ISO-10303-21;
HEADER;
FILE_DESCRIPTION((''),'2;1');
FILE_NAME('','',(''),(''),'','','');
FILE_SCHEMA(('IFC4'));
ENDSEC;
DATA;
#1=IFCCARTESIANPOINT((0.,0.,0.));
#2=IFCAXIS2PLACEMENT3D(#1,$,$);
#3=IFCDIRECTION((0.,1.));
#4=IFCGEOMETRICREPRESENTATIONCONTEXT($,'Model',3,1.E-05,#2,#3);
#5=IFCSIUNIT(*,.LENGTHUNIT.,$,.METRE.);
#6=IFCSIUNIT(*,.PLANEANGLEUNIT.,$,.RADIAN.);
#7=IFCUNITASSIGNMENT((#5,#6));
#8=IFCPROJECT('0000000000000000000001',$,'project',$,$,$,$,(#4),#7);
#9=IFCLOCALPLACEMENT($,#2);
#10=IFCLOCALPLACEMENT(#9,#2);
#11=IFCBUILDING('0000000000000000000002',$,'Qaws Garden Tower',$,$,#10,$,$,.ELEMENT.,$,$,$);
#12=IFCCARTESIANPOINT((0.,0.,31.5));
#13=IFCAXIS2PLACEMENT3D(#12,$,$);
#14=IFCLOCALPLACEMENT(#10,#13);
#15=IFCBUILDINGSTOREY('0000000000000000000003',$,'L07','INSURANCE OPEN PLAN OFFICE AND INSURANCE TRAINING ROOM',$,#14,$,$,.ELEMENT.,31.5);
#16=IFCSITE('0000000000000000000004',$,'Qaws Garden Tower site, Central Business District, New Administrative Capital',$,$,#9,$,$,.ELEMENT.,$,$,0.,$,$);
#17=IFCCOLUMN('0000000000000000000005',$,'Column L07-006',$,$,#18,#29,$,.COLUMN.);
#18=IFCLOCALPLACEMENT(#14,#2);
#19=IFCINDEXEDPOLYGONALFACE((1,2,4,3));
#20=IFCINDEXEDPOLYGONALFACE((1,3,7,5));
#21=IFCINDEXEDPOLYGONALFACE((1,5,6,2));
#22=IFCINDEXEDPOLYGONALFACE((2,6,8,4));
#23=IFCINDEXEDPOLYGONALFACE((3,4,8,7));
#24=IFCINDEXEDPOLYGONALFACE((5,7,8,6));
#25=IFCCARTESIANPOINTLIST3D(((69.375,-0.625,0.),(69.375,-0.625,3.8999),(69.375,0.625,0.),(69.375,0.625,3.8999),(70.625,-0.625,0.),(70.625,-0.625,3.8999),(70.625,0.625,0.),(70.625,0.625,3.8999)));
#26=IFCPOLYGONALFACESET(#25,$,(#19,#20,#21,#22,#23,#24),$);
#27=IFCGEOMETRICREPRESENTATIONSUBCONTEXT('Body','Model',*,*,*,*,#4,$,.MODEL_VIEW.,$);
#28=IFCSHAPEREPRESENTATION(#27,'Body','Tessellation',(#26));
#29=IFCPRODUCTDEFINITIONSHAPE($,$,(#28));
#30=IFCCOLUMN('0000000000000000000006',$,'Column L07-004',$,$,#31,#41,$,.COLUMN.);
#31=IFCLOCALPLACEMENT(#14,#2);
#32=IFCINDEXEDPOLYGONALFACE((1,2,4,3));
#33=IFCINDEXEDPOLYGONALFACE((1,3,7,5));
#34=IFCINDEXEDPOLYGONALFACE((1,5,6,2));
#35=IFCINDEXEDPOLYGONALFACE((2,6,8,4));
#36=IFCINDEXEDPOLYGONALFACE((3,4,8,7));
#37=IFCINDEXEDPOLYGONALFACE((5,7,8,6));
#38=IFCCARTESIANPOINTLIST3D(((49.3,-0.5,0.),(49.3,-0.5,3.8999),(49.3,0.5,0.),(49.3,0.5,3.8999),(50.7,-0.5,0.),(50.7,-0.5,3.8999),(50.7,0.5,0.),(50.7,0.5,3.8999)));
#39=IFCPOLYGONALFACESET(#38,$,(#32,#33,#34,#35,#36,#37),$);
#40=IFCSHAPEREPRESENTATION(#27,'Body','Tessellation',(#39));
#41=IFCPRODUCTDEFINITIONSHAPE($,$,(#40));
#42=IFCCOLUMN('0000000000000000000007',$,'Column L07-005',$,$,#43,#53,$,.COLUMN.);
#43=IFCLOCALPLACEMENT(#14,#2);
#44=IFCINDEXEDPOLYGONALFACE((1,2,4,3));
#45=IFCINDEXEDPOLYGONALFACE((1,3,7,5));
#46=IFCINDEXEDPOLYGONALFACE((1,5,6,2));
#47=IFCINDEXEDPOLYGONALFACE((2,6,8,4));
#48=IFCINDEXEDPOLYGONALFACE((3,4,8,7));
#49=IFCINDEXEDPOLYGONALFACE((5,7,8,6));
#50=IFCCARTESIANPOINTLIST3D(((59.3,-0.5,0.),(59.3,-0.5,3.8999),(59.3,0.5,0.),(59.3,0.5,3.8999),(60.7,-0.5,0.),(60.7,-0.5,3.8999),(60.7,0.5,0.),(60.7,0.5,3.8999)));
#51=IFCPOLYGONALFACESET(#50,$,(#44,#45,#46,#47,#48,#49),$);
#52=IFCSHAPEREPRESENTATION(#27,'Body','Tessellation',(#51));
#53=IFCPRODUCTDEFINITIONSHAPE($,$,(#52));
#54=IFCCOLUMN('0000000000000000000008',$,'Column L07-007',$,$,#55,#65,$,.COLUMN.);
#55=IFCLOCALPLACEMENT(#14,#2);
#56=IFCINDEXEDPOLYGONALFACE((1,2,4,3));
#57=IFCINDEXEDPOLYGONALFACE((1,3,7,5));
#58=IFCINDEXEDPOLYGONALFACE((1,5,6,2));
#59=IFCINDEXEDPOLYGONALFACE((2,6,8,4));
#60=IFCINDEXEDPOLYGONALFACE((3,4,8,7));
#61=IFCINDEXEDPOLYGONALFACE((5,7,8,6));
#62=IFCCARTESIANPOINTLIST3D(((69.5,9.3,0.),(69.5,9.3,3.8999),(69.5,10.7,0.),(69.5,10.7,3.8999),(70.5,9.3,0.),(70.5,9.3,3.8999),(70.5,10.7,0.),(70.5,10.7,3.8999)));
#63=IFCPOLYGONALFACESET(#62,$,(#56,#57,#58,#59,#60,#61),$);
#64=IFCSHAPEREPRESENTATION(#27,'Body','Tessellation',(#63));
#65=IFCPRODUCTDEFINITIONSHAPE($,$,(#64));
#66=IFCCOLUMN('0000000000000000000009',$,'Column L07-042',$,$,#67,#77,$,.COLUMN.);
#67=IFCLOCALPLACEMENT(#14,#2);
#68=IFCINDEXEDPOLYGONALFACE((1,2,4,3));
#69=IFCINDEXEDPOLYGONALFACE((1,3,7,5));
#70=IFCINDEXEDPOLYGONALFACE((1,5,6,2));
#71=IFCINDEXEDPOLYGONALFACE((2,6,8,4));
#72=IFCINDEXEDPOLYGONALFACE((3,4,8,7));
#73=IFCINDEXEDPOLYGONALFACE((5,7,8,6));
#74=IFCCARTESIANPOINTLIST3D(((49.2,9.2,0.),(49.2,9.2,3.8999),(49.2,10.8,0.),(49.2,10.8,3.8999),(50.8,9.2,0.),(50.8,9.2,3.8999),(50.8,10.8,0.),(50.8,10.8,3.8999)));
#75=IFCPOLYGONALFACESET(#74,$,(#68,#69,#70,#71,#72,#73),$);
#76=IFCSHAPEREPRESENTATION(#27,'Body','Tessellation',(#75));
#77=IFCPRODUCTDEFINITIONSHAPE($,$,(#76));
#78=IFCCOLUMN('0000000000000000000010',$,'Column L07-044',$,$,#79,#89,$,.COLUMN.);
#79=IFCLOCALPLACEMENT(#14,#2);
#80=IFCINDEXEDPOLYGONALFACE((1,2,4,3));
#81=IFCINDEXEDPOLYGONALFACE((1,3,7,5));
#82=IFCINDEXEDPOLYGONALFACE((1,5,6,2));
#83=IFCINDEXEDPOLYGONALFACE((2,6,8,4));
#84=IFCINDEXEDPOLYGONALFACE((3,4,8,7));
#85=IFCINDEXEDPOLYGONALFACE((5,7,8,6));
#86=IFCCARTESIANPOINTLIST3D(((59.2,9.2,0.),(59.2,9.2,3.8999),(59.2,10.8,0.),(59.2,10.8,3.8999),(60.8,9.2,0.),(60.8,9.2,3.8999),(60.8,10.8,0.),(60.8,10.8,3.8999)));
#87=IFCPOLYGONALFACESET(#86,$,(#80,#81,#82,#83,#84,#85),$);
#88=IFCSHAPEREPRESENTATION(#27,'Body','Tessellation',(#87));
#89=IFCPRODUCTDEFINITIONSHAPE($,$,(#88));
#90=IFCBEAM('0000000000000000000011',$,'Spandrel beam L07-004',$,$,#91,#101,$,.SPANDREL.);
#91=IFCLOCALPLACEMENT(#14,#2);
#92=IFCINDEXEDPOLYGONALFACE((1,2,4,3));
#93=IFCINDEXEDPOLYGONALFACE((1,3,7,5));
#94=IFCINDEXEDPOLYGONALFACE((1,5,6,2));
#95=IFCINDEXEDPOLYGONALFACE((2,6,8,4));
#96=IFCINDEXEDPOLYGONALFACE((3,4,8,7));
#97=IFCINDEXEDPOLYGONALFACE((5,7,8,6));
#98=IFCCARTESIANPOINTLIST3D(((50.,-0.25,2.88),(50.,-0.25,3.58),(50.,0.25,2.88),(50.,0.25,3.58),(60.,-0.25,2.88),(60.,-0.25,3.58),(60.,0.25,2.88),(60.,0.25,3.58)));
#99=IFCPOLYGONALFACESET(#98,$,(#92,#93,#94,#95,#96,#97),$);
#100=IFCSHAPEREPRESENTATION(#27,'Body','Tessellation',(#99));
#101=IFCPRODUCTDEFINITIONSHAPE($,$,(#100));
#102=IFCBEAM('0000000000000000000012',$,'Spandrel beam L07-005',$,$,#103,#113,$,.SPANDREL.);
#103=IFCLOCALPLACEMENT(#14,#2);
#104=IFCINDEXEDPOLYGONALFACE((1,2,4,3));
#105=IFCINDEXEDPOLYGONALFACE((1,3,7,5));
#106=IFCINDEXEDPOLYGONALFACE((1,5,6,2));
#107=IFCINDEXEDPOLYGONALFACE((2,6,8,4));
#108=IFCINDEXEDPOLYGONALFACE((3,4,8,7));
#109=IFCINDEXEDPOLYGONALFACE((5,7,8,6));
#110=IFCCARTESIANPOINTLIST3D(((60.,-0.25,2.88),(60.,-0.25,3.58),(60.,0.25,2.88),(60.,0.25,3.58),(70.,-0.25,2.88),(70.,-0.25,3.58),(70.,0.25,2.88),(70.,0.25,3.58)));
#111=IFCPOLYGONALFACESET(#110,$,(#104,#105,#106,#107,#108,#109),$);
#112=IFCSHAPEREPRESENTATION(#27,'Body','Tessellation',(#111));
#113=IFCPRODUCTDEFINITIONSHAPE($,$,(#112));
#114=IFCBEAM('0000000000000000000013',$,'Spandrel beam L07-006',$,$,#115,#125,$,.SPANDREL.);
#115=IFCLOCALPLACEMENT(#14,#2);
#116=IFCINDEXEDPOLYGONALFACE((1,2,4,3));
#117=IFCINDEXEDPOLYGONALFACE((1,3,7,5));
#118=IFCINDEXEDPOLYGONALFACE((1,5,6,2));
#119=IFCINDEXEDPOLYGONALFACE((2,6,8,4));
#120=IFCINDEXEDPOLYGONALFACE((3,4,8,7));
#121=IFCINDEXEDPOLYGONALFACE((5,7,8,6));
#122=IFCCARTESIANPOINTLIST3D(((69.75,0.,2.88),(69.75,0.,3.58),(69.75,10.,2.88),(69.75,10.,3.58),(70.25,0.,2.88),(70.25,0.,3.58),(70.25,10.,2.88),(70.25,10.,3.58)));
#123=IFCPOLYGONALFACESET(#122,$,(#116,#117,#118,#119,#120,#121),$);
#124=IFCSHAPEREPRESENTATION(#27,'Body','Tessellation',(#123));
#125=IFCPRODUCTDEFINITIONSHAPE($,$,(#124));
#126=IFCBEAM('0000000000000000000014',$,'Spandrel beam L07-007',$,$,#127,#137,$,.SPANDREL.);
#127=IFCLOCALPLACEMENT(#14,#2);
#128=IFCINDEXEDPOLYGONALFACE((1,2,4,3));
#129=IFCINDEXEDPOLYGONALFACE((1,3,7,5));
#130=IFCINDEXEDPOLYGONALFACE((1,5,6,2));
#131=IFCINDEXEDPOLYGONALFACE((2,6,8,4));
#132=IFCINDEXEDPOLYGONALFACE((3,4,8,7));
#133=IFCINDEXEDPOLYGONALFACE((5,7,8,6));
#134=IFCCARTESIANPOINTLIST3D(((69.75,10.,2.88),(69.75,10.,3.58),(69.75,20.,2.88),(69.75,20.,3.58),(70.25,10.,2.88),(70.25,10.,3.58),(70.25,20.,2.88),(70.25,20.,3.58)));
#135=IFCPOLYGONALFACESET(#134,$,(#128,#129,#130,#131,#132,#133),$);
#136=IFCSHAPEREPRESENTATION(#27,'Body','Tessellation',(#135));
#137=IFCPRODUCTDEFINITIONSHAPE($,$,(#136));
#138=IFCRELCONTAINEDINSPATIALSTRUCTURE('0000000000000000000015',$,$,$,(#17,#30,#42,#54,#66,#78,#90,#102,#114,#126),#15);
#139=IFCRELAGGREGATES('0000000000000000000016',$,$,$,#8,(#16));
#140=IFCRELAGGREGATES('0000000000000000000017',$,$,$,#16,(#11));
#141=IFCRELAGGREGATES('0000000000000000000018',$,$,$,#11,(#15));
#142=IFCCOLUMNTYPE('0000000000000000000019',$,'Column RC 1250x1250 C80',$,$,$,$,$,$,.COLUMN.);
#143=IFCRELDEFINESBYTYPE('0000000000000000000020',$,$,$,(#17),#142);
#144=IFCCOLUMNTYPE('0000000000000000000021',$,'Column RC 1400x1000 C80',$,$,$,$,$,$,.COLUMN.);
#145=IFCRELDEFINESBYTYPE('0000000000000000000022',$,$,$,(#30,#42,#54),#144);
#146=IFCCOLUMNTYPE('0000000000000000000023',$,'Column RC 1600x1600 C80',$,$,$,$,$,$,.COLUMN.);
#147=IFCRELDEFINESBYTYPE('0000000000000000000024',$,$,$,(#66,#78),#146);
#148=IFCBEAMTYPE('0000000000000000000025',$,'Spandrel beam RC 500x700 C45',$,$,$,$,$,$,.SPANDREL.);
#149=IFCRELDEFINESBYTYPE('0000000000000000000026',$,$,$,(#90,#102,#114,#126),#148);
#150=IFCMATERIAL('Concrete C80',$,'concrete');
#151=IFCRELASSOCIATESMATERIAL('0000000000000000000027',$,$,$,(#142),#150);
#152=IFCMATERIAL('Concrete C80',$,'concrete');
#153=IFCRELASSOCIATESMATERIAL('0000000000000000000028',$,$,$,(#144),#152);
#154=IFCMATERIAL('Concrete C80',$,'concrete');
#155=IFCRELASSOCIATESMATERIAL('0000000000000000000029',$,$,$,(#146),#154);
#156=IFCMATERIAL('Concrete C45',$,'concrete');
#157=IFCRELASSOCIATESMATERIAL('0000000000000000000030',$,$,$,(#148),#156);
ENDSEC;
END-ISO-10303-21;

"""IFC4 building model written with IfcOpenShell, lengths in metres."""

from ifc_helpers import new_model, si_unit, direction, frame, origin, origin_2d, place, context, subcontext, project, spatial, rectangle, extrude, material, material_profile, profile_set, type_object, element, save


model = new_model("IFC4")

# Units and contexts
model_context = context("Model", 3, precision=1e-05, world=origin(), true_north=direction((0.0, 1.0)))
body_context = subcontext(model_context, "Body", "Model", "MODEL_VIEW")
ifc_project = project(units=[si_unit("LENGTHUNIT", "METRE"), si_unit("PLANEANGLEUNIT", "RADIAN")], contexts=[model_context])

# Site, building, storey
site_placement = place(None, origin())
site = spatial("IfcSite", under=ifc_project, at=site_placement, Name="Qaws Garden Tower site, Central Business District, New Administrative Capital", CompositionType="ELEMENT", RefElevation=0.0)
building_placement = place(site_placement, origin())
building = spatial("IfcBuilding", under=site, at=building_placement, Name="Qaws Garden Tower", CompositionType="ELEMENT")
storey_placement = place(building_placement, frame((0.0, 0.0, 31.5)))
storey = spatial("IfcBuildingStorey", under=building, at=storey_placement, Name="L07", Description="INSURANCE OPEN PLAN OFFICE AND INSURANCE TRAINING ROOM", CompositionType="ELEMENT", Elevation=31.5)

# Columns
ifc_material_1 = material(Name="Concrete C80", Category="concrete")
ifc_material_profile_1 = material_profile(ifc_material_1, rectangle(XDim=1.25, YDim=1.25, at=origin_2d()), Name="RC 1250x1250")
ifc_profile_set_1 = profile_set([ifc_material_profile_1], Name="Concrete C80")
column_type_1 = type_object("IfcColumnType", Name="Column RC 1250x1250 C80", PredefinedType="COLUMN", material=ifc_profile_set_1)
column_placement = place(storey_placement, frame((70.0, 0.0, 0.0), z_axis=(0.0, 0.0, 1.0), x_axis=(1.0, 0.0, 0.0)))
element("IfcColumn", 1, at=column_placement, inside=storey, type_object=column_type_1, Name="Column L07-006", PredefinedType="COLUMN", context=body_context, shape_type="SweptSolid", body=[
    extrude(rectangle(XDim=1.25, YDim=1.25, at=origin_2d()), origin(), (0.0, 0.0, 1.0), 3.8999),
])
ifc_material_2 = material(Name="Concrete C80", Category="concrete")
ifc_material_profile_2 = material_profile(ifc_material_2, rectangle(XDim=1.3999, YDim=1.0, at=origin_2d()), Name="RC 1400x1000")
ifc_profile_set_2 = profile_set([ifc_material_profile_2], Name="Concrete C80")
column_type_2 = type_object("IfcColumnType", Name="Column RC 1400x1000 C80", PredefinedType="COLUMN", material=ifc_profile_set_2)
for number, where, z_axis, x_axis, name in (
    (2, (50.0, 0.0, 0.0), (0.0, 0.0, 1.0), (1.0, 0.0, 0.0), "Column L07-004"),
    (3, (60.0, 0.0, 0.0), (0.0, 0.0, 1.0), (1.0, 0.0, 0.0), "Column L07-005"),
    (4, (70.0, 10.0, 0.0), (0.0, 0.0, 1.0), (0.0, 1.0, 0.0), "Column L07-007"),
):
    element("IfcColumn", number, at=place(storey_placement, frame(where, z_axis=z_axis, x_axis=x_axis)), inside=storey, type_object=column_type_2, Name=name, PredefinedType="COLUMN", context=body_context, shape_type="SweptSolid", body=[
        extrude(rectangle(XDim=1.3999, YDim=1.0, at=origin_2d()), origin(), (0.0, 0.0, 1.0), 3.8999),
    ])
ifc_material_3 = material(Name="Concrete C80", Category="concrete")
ifc_material_profile_3 = material_profile(ifc_material_3, rectangle(XDim=1.6001, YDim=1.6001, at=origin_2d()), Name="RC 1600x1600")
ifc_profile_set_3 = profile_set([ifc_material_profile_3], Name="Concrete C80")
column_type_3 = type_object("IfcColumnType", Name="Column RC 1600x1600 C80", PredefinedType="COLUMN", material=ifc_profile_set_3)
for number, where, z_axis, x_axis, name in (
    (5, (50.0, 10.0, 0.0), (0.0, 0.0, 1.0), (1.0, 0.0, 0.0), "Column L07-042"),
    (6, (60.0, 10.0, 0.0), (0.0, 0.0, 1.0), (1.0, 0.0, 0.0), "Column L07-044"),
):
    element("IfcColumn", number, at=place(storey_placement, frame(where, z_axis=z_axis, x_axis=x_axis)), inside=storey, type_object=column_type_3, Name=name, PredefinedType="COLUMN", context=body_context, shape_type="SweptSolid", body=[
        extrude(rectangle(XDim=1.6001, YDim=1.6001, at=origin_2d()), origin(), (0.0, 0.0, 1.0), 3.8999),
    ])

# Beams
ifc_material_4 = material(Name="Concrete C45", Category="concrete")
ifc_material_profile_4 = material_profile(ifc_material_4, rectangle(XDim=0.5, YDim=0.7, at=origin_2d()), Name="RC 500x700")
ifc_profile_set_4 = profile_set([ifc_material_profile_4], Name="Concrete C45")
beam_type = type_object("IfcBeamType", Name="Spandrel beam RC 500x700 C45", PredefinedType="SPANDREL", material=ifc_profile_set_4)
for number, where, z_axis, x_axis, name in (
    (7, (50.0, 0.0, 3.23), (1.0, 0.0, 0.0), (0.0, 1.0, 0.0), "Spandrel beam L07-004"),
    (8, (60.0, 0.0, 3.23), (1.0, 0.0, 0.0), (0.0, 1.0, 0.0), "Spandrel beam L07-005"),
    (9, (70.0, 0.0, 3.23), (0.0, 1.0, 0.0), (-1.0, 0.0, 0.0), "Spandrel beam L07-006"),
    (10, (70.0, 10.0, 3.23), (0.0, 1.0, 0.0), (-1.0, 0.0, 0.0), "Spandrel beam L07-007"),
):
    element("IfcBeam", number, at=place(storey_placement, frame(where, z_axis=z_axis, x_axis=x_axis)), inside=storey, type_object=beam_type, Name=name, PredefinedType="SPANDREL", context=body_context, shape_type="SweptSolid", body=[
        extrude(rectangle(XDim=0.5, YDim=0.7, at=origin_2d()), origin(), (0.0, 0.0, 1.0), 10.0),
    ])

save(model, "model.ifc")
